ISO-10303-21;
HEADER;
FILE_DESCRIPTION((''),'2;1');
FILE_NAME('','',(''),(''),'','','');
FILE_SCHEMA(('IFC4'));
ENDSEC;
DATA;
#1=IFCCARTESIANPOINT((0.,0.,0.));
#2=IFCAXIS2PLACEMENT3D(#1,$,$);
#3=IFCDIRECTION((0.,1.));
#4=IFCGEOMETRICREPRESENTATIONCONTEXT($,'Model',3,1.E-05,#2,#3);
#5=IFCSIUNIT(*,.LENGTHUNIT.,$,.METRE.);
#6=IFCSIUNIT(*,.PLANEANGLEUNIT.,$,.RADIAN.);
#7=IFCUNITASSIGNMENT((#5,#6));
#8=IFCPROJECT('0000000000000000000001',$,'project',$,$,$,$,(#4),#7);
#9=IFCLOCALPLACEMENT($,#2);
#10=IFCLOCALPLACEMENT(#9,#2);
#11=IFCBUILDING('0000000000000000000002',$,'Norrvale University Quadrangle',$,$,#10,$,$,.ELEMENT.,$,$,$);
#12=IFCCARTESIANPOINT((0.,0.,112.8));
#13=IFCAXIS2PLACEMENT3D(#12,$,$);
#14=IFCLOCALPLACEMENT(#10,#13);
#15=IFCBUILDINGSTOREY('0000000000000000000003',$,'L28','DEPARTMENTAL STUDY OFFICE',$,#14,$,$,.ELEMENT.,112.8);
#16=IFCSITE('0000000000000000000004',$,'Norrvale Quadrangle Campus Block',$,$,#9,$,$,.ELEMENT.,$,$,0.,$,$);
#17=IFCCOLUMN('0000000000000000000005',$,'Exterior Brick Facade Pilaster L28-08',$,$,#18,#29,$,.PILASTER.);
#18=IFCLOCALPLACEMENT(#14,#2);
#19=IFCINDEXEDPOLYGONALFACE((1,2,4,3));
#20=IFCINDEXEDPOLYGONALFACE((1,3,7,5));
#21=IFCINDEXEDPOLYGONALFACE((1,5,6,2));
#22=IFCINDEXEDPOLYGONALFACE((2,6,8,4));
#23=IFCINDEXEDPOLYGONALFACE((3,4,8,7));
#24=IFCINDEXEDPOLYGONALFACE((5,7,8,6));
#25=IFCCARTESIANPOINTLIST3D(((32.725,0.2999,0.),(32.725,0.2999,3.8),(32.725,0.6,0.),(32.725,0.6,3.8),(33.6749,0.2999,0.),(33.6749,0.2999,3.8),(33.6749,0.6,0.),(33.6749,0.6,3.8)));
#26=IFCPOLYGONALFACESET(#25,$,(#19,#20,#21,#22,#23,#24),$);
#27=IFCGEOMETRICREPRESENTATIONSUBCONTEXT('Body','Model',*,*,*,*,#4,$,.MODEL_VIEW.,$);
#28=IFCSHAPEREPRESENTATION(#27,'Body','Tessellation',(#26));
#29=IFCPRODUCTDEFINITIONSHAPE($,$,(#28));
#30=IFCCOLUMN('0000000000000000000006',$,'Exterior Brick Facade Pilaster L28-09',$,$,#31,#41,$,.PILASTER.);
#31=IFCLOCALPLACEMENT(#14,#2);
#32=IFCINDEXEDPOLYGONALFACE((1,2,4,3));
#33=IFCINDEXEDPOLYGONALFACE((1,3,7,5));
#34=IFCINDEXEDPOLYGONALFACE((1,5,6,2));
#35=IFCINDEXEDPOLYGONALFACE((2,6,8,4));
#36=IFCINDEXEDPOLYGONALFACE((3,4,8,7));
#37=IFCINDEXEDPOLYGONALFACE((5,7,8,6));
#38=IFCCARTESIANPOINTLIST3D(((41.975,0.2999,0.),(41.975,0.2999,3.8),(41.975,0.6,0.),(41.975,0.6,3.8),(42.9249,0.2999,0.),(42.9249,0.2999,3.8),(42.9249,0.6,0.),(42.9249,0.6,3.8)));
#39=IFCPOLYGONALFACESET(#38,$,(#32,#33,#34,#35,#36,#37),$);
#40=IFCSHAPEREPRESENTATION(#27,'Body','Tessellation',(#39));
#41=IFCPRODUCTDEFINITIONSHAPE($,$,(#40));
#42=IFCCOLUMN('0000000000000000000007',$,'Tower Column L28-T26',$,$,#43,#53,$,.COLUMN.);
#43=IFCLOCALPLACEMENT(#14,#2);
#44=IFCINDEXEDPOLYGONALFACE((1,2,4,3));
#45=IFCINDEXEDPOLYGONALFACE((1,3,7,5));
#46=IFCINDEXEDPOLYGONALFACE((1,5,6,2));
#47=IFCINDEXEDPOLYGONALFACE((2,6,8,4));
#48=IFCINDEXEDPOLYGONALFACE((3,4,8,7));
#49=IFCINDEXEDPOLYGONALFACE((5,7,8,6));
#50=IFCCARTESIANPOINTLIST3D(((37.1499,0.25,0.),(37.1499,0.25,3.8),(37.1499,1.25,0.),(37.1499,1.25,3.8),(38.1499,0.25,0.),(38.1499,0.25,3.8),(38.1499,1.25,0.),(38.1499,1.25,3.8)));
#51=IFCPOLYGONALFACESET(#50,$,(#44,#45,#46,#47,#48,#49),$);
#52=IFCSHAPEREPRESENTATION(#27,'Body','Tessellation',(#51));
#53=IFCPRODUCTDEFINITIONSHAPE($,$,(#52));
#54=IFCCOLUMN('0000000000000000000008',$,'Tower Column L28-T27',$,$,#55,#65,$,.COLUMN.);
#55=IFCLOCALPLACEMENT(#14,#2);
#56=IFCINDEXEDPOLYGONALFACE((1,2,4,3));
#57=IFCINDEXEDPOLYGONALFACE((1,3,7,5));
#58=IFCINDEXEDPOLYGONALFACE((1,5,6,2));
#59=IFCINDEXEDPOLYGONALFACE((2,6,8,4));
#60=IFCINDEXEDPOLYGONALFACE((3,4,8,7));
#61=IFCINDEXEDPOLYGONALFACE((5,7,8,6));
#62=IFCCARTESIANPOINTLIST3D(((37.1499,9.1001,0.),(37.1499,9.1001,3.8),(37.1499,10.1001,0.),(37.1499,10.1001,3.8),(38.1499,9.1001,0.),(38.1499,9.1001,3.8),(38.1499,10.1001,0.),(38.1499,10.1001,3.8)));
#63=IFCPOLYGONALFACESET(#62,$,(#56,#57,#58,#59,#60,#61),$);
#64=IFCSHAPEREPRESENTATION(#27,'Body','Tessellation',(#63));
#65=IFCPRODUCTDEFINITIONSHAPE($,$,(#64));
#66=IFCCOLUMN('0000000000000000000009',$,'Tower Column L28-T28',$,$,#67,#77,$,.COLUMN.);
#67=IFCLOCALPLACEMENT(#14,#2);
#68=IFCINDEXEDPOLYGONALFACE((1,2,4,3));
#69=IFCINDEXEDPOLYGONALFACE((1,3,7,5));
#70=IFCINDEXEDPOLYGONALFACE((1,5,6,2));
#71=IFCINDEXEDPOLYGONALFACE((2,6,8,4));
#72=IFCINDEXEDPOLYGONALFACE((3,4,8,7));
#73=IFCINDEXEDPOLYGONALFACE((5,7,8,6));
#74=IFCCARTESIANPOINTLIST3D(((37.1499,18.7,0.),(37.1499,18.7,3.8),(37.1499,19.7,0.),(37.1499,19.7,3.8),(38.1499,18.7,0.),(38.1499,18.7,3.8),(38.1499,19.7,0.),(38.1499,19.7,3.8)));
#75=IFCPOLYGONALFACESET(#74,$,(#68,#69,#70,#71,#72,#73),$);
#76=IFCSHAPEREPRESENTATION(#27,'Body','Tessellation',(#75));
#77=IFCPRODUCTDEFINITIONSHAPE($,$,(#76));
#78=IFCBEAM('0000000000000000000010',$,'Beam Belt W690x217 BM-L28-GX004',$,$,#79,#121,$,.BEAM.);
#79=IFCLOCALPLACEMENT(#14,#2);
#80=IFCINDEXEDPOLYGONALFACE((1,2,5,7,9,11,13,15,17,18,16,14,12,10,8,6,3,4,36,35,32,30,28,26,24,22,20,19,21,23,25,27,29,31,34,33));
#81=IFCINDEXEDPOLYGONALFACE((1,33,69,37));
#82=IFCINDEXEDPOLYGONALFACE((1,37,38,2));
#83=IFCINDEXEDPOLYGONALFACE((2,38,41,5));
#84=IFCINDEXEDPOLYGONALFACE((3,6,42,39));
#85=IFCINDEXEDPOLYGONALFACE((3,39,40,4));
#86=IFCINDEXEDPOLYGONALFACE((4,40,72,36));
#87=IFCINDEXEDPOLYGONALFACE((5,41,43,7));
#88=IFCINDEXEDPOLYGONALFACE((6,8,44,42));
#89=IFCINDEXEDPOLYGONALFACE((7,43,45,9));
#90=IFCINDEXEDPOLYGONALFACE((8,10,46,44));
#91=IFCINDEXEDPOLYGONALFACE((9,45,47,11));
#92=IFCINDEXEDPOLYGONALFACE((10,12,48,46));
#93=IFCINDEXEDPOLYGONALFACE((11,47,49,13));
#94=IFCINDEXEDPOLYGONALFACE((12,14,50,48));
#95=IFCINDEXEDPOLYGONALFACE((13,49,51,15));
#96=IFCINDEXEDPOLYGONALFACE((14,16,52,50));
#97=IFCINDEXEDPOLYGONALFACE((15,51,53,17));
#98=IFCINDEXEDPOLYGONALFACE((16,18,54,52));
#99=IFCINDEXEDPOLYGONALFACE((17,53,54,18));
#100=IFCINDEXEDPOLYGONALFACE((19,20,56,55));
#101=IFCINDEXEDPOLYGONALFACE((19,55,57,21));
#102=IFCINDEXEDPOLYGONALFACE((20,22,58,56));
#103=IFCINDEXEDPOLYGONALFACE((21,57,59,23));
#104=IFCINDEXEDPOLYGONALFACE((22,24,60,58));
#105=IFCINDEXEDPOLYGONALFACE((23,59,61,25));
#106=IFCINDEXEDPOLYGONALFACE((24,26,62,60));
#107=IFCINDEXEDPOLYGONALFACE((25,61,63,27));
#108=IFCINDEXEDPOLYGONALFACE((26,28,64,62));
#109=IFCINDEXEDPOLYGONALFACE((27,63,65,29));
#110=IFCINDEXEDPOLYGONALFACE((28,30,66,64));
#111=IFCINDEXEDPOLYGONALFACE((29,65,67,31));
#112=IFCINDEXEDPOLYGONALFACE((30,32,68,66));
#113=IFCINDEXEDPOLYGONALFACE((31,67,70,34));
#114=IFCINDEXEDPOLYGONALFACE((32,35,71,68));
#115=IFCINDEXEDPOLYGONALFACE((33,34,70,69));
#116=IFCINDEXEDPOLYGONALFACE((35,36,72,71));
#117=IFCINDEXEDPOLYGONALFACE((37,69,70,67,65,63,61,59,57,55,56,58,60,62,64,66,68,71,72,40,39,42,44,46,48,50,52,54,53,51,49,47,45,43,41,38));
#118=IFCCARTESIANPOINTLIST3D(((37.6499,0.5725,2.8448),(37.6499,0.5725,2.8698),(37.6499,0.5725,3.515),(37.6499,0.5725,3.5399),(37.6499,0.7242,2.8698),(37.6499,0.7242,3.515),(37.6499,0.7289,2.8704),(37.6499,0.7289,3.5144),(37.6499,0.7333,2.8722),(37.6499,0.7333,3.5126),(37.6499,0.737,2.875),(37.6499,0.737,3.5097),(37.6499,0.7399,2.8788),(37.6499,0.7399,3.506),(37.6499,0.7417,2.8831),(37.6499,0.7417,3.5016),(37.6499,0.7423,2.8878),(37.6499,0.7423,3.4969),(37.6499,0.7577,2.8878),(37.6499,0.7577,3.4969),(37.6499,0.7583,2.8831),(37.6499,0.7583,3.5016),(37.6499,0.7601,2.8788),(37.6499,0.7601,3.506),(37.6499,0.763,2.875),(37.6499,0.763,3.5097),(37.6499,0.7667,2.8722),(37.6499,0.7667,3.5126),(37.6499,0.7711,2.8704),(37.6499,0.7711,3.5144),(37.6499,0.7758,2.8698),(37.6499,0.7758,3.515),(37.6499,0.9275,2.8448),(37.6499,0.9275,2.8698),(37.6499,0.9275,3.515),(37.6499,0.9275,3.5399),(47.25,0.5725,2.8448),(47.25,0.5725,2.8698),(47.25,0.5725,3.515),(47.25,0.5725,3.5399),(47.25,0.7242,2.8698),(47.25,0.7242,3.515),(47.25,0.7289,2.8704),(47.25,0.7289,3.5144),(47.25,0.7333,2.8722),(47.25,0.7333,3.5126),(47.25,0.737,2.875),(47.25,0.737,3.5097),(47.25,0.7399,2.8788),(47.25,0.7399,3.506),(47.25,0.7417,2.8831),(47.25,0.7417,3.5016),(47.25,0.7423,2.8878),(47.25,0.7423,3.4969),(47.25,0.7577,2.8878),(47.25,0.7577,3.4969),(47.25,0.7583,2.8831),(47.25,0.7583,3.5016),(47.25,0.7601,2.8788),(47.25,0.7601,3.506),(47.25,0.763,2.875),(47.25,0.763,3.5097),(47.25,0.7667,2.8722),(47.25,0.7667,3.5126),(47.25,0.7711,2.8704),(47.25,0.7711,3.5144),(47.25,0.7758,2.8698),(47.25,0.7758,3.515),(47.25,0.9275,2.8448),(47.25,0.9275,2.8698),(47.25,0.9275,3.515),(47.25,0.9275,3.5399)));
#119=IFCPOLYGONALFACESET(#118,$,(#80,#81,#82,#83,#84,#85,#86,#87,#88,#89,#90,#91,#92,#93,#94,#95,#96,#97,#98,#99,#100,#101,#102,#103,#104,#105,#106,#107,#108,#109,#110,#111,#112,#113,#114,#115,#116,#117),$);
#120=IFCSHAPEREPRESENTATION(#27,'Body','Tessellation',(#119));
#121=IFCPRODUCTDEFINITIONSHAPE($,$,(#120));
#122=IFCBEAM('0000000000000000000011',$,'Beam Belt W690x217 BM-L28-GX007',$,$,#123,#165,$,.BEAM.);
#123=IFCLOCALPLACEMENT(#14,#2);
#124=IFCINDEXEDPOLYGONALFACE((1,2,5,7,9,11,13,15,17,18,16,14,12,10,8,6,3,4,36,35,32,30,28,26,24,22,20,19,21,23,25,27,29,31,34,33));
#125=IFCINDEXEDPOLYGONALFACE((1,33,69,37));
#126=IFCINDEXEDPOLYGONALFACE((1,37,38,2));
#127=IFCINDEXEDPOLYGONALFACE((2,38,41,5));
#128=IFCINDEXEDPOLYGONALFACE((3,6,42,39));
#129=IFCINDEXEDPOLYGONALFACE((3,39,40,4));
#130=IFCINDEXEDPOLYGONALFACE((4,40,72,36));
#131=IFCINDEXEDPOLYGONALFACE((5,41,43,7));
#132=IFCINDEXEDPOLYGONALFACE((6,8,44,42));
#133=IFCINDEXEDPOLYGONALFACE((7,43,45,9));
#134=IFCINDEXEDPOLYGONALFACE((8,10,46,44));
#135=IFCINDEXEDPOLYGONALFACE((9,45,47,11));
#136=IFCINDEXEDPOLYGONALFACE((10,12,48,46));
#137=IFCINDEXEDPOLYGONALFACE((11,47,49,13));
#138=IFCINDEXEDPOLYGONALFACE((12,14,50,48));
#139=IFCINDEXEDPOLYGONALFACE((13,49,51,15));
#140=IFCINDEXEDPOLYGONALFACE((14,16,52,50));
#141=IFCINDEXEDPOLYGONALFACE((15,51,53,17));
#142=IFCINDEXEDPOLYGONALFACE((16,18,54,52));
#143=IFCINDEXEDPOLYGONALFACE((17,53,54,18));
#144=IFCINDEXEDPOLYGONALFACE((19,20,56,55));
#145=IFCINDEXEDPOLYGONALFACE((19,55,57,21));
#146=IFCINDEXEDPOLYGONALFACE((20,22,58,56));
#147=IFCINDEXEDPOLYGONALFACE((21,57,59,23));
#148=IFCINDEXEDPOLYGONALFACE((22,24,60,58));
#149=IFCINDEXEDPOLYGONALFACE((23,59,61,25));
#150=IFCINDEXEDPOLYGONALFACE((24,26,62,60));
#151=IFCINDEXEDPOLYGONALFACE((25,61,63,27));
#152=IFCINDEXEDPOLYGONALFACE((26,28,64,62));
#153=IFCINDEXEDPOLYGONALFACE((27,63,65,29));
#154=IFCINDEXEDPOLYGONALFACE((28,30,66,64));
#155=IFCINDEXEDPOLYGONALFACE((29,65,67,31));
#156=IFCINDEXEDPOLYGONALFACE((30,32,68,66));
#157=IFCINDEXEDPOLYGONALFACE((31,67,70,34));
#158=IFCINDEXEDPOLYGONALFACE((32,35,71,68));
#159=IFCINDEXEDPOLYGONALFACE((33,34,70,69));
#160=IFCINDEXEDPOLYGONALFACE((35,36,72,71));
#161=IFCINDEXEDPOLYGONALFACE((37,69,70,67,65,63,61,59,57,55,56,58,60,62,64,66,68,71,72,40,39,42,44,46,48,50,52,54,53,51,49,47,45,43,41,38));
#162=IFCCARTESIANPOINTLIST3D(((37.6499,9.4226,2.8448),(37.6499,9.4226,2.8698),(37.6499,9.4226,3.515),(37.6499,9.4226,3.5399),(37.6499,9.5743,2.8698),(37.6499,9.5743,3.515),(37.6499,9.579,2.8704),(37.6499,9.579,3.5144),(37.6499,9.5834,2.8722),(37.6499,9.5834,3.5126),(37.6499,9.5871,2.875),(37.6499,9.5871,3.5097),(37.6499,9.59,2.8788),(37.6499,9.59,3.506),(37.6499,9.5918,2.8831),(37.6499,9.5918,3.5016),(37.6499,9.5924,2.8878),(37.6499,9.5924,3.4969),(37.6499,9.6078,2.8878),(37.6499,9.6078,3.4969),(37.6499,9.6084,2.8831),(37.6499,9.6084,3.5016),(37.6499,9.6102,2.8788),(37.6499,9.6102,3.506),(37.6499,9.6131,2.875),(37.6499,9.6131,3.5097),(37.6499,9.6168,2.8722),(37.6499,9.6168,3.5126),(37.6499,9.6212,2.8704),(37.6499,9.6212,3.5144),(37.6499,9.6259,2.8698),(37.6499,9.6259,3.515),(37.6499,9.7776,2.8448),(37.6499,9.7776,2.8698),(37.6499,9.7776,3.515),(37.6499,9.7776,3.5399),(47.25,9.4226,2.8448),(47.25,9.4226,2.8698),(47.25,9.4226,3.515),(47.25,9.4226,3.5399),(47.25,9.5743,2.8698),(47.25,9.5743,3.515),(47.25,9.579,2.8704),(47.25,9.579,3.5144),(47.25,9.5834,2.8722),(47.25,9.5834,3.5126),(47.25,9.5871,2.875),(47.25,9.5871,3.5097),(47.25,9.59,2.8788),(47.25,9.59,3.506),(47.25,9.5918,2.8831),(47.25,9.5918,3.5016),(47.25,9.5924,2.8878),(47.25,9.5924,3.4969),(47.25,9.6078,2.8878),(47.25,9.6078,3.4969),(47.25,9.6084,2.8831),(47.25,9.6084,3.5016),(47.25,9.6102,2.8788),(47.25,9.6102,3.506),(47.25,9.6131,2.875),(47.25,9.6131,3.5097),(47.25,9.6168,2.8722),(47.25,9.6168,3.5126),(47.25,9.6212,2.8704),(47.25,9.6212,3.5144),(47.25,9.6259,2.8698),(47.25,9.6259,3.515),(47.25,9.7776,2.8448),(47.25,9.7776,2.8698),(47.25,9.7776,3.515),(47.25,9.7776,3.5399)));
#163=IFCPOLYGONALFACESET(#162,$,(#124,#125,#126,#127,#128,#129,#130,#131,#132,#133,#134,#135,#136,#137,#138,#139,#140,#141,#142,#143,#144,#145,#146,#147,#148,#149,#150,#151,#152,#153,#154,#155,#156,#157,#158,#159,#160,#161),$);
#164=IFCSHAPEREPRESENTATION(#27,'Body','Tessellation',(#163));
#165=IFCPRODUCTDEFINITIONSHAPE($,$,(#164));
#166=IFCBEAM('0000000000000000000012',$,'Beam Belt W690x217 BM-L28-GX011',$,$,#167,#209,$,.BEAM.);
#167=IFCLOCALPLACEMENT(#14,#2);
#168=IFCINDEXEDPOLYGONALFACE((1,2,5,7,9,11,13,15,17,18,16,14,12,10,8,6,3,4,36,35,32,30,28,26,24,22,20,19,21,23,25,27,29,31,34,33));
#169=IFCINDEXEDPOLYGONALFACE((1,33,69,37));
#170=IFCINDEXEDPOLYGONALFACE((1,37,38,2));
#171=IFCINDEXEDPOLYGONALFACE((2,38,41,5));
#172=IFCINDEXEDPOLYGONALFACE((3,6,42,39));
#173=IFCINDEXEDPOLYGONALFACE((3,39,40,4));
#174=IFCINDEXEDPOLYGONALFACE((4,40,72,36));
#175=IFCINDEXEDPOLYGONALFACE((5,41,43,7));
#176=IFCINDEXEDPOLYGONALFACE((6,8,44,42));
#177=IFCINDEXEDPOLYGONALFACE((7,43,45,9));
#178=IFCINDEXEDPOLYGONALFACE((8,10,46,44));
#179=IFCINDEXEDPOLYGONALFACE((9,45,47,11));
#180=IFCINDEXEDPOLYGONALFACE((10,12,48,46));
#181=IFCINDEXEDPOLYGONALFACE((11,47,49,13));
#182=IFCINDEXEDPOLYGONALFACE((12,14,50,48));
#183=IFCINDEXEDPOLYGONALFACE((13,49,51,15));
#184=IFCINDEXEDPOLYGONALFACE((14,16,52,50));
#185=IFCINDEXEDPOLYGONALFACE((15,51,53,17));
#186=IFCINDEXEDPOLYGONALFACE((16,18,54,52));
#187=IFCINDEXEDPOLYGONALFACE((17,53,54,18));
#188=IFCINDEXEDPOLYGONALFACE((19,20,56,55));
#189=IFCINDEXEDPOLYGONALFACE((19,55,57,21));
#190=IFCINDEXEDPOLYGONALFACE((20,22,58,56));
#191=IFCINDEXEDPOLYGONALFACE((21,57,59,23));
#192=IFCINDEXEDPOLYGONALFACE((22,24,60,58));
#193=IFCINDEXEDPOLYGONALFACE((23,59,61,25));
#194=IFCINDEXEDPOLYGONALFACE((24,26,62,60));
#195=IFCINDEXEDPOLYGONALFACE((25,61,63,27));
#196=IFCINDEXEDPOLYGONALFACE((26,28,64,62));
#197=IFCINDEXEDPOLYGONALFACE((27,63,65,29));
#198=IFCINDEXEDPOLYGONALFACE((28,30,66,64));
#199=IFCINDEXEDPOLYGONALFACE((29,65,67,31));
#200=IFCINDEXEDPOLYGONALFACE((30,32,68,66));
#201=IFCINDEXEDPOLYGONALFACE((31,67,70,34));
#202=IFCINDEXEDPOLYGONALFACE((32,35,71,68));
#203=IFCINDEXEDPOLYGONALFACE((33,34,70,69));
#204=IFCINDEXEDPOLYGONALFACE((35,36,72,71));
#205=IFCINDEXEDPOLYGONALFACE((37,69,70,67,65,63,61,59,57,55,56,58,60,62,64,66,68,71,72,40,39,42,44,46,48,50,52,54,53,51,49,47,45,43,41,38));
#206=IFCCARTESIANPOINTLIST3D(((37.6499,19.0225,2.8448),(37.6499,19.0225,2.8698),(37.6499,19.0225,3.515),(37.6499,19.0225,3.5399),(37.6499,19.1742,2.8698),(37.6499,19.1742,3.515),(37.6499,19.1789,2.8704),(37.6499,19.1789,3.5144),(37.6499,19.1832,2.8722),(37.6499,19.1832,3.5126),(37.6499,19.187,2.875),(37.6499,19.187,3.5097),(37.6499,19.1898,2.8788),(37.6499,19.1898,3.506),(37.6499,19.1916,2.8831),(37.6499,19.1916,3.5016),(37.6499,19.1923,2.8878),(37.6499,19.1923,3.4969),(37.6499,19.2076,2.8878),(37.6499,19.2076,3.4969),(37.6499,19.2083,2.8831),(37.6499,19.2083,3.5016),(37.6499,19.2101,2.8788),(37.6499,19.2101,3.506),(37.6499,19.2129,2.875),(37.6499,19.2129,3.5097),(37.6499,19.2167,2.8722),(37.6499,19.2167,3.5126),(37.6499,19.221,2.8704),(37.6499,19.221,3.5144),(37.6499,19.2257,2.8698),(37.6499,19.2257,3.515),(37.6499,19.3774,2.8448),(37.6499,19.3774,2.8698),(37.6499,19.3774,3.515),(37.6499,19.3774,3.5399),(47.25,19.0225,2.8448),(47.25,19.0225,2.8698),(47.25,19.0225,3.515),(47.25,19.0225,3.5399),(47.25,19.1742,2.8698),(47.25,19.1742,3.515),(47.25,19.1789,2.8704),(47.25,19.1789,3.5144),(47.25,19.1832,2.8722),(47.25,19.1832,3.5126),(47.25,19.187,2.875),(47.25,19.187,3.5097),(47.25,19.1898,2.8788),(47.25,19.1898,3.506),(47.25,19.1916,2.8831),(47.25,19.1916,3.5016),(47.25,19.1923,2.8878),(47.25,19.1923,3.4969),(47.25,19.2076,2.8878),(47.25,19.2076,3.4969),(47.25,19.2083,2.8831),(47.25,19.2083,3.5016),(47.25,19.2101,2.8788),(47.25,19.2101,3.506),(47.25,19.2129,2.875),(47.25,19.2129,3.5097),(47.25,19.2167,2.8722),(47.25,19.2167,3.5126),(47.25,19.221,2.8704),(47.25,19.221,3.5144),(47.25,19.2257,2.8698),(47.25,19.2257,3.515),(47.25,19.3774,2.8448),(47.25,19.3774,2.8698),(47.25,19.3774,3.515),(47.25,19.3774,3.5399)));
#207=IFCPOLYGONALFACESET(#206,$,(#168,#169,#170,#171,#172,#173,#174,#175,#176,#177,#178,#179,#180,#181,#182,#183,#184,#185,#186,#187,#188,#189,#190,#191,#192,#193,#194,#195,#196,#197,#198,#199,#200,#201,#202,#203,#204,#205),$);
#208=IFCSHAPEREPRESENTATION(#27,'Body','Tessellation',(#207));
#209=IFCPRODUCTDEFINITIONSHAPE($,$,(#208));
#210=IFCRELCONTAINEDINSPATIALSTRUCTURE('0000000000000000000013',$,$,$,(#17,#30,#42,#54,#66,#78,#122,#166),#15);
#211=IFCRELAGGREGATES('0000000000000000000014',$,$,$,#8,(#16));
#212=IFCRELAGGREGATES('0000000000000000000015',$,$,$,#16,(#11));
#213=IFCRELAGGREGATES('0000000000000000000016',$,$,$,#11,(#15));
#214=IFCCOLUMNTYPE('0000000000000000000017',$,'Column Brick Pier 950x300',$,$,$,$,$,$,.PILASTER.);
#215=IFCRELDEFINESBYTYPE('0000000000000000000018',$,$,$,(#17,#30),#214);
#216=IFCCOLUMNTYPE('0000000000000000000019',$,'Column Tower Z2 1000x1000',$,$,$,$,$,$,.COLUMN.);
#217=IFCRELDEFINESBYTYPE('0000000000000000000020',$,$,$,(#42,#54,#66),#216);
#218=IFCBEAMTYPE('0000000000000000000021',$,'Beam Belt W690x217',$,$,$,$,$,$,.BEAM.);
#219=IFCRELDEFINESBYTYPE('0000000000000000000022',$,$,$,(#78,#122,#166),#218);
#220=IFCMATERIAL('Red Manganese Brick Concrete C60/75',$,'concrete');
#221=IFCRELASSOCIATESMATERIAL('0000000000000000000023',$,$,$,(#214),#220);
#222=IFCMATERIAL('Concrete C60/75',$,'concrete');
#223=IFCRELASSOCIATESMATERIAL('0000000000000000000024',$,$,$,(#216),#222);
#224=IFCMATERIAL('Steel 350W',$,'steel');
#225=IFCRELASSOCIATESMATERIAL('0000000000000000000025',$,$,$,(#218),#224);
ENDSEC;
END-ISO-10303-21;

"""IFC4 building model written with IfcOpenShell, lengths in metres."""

from ifc_helpers import new_model, si_unit, direction, frame, origin, origin_2d, place, context, subcontext, project, spatial, rectangle, i_section, extrude, material, material_profile, profile_set, type_object, element, save


model = new_model("IFC4")

# Units and contexts
model_context = context("Model", 3, precision=1e-05, world=origin(), true_north=direction((0.0, 1.0)))
body_context = subcontext(model_context, "Body", "Model", "MODEL_VIEW")
ifc_project = project(units=[si_unit("LENGTHUNIT", "METRE"), si_unit("PLANEANGLEUNIT", "RADIAN")], contexts=[model_context])

# Site, building, storey
site_placement = place(None, origin())
site = spatial("IfcSite", under=ifc_project, at=site_placement, Name="Norrvale Quadrangle Campus Block", CompositionType="ELEMENT", RefElevation=0.0)
building_placement = place(site_placement, origin())
building = spatial("IfcBuilding", under=site, at=building_placement, Name="Norrvale University Quadrangle", CompositionType="ELEMENT")
storey_placement = place(building_placement, frame((0.0, 0.0, 112.8)))
storey = spatial("IfcBuildingStorey", under=building, at=storey_placement, Name="L28", Description="DEPARTMENTAL STUDY OFFICE", CompositionType="ELEMENT", Elevation=112.8)

# Columns
ifc_material_1 = material(Name="Red Manganese Brick Concrete C60/75", Category="concrete")
ifc_material_profile_1 = material_profile(ifc_material_1, rectangle(XDim=0.95, YDim=0.3, at=origin_2d()), Name="Red Manganese Brick Concrete C60/75")
ifc_profile_set_1 = profile_set([ifc_material_profile_1], Name="Red Manganese Brick Concrete C60/75")
column_type_1 = type_object("IfcColumnType", Name="Column Brick Pier 950x300", PredefinedType="PILASTER", material=ifc_profile_set_1)
for number, where, z_axis, x_axis, name in (
    (1, (33.2, 0.45, 0.0), (0.0, 0.0, 1.0), (1.0, 0.0, 0.0), "Exterior Brick Facade Pilaster L28-08"),
    (2, (42.45, 0.45, 0.0), (0.0, 0.0, 1.0), (1.0, 0.0, 0.0), "Exterior Brick Facade Pilaster L28-09"),
):
    element("IfcColumn", number, at=place(storey_placement, frame(where, z_axis=z_axis, x_axis=x_axis)), inside=storey, type_object=column_type_1, Name=name, PredefinedType="PILASTER", context=body_context, shape_type="SweptSolid", body=[
        extrude(rectangle(XDim=0.95, YDim=0.3, at=origin_2d()), origin(), (0.0, 0.0, 1.0), 3.8),
    ])
ifc_material_2 = material(Name="Concrete C60/75", Category="concrete")
ifc_material_profile_2 = material_profile(ifc_material_2, rectangle(XDim=1.0, YDim=1.0, at=origin_2d()), Name="Concrete C60/75")
ifc_profile_set_2 = profile_set([ifc_material_profile_2], Name="Concrete C60/75")
column_type_2 = type_object("IfcColumnType", Name="Column Tower Z2 1000x1000", PredefinedType="COLUMN", material=ifc_profile_set_2)
for number, where, z_axis, x_axis, name in (
    (3, (37.6499, 0.75, 0.0), (0.0, 0.0, 1.0), (1.0, 0.0, 0.0), "Tower Column L28-T26"),
    (4, (37.6499, 9.6001, 0.0), (0.0, 0.0, 1.0), (1.0, 0.0, 0.0), "Tower Column L28-T27"),
    (5, (37.6499, 19.2, 0.0), (0.0, 0.0, 1.0), (1.0, 0.0, 0.0), "Tower Column L28-T28"),
):
    element("IfcColumn", number, at=place(storey_placement, frame(where, z_axis=z_axis, x_axis=x_axis)), inside=storey, type_object=column_type_2, Name=name, PredefinedType="COLUMN", context=body_context, shape_type="SweptSolid", body=[
        extrude(rectangle(XDim=1.0, YDim=1.0, at=origin_2d()), origin(), (0.0, 0.0, 1.0), 3.8),
    ])

# Beams
ifc_material_3 = material(Name="Steel 350W", Category="steel")
ifc_material_profile_3 = material_profile(ifc_material_3, i_section(OverallWidth=0.355, OverallDepth=0.6951, WebThickness=0.0154, FlangeThickness=0.0249, FilletRadius=0.0181, at=origin_2d()), Name="Steel 350W")
ifc_profile_set_3 = profile_set([ifc_material_profile_3], Name="Steel 350W")
beam_type_1 = type_object("IfcBeamType", Name="Beam Belt W690x217", PredefinedType="BEAM", material=ifc_profile_set_3)
for number, where, z_axis, x_axis, name in (
    (6, (37.6499, 0.75, 3.1924), (1.0, 0.0, 0.0), (0.0, 1.0, 0.0), "Beam Belt W690x217 BM-L28-GX004"),
    (7, (37.6499, 9.6001, 3.1924), (1.0, 0.0, 0.0), (0.0, 1.0, 0.0), "Beam Belt W690x217 BM-L28-GX007"),
    (8, (37.6499, 19.2, 3.1924), (1.0, 0.0, 0.0), (0.0, 1.0, 0.0), "Beam Belt W690x217 BM-L28-GX011"),
):
    element("IfcBeam", number, at=place(storey_placement, frame(where, z_axis=z_axis, x_axis=x_axis)), inside=storey, type_object=beam_type_1, Name=name, PredefinedType="BEAM", context=body_context, shape_type="SweptSolid", body=[
        extrude(i_section(OverallWidth=0.355, OverallDepth=0.6951, WebThickness=0.0154, FlangeThickness=0.0249, FilletRadius=0.0181, at=origin_2d()), origin(), (0.0, 0.0, 1.0), 9.6001),
    ])

save(model, "model.ifc")
